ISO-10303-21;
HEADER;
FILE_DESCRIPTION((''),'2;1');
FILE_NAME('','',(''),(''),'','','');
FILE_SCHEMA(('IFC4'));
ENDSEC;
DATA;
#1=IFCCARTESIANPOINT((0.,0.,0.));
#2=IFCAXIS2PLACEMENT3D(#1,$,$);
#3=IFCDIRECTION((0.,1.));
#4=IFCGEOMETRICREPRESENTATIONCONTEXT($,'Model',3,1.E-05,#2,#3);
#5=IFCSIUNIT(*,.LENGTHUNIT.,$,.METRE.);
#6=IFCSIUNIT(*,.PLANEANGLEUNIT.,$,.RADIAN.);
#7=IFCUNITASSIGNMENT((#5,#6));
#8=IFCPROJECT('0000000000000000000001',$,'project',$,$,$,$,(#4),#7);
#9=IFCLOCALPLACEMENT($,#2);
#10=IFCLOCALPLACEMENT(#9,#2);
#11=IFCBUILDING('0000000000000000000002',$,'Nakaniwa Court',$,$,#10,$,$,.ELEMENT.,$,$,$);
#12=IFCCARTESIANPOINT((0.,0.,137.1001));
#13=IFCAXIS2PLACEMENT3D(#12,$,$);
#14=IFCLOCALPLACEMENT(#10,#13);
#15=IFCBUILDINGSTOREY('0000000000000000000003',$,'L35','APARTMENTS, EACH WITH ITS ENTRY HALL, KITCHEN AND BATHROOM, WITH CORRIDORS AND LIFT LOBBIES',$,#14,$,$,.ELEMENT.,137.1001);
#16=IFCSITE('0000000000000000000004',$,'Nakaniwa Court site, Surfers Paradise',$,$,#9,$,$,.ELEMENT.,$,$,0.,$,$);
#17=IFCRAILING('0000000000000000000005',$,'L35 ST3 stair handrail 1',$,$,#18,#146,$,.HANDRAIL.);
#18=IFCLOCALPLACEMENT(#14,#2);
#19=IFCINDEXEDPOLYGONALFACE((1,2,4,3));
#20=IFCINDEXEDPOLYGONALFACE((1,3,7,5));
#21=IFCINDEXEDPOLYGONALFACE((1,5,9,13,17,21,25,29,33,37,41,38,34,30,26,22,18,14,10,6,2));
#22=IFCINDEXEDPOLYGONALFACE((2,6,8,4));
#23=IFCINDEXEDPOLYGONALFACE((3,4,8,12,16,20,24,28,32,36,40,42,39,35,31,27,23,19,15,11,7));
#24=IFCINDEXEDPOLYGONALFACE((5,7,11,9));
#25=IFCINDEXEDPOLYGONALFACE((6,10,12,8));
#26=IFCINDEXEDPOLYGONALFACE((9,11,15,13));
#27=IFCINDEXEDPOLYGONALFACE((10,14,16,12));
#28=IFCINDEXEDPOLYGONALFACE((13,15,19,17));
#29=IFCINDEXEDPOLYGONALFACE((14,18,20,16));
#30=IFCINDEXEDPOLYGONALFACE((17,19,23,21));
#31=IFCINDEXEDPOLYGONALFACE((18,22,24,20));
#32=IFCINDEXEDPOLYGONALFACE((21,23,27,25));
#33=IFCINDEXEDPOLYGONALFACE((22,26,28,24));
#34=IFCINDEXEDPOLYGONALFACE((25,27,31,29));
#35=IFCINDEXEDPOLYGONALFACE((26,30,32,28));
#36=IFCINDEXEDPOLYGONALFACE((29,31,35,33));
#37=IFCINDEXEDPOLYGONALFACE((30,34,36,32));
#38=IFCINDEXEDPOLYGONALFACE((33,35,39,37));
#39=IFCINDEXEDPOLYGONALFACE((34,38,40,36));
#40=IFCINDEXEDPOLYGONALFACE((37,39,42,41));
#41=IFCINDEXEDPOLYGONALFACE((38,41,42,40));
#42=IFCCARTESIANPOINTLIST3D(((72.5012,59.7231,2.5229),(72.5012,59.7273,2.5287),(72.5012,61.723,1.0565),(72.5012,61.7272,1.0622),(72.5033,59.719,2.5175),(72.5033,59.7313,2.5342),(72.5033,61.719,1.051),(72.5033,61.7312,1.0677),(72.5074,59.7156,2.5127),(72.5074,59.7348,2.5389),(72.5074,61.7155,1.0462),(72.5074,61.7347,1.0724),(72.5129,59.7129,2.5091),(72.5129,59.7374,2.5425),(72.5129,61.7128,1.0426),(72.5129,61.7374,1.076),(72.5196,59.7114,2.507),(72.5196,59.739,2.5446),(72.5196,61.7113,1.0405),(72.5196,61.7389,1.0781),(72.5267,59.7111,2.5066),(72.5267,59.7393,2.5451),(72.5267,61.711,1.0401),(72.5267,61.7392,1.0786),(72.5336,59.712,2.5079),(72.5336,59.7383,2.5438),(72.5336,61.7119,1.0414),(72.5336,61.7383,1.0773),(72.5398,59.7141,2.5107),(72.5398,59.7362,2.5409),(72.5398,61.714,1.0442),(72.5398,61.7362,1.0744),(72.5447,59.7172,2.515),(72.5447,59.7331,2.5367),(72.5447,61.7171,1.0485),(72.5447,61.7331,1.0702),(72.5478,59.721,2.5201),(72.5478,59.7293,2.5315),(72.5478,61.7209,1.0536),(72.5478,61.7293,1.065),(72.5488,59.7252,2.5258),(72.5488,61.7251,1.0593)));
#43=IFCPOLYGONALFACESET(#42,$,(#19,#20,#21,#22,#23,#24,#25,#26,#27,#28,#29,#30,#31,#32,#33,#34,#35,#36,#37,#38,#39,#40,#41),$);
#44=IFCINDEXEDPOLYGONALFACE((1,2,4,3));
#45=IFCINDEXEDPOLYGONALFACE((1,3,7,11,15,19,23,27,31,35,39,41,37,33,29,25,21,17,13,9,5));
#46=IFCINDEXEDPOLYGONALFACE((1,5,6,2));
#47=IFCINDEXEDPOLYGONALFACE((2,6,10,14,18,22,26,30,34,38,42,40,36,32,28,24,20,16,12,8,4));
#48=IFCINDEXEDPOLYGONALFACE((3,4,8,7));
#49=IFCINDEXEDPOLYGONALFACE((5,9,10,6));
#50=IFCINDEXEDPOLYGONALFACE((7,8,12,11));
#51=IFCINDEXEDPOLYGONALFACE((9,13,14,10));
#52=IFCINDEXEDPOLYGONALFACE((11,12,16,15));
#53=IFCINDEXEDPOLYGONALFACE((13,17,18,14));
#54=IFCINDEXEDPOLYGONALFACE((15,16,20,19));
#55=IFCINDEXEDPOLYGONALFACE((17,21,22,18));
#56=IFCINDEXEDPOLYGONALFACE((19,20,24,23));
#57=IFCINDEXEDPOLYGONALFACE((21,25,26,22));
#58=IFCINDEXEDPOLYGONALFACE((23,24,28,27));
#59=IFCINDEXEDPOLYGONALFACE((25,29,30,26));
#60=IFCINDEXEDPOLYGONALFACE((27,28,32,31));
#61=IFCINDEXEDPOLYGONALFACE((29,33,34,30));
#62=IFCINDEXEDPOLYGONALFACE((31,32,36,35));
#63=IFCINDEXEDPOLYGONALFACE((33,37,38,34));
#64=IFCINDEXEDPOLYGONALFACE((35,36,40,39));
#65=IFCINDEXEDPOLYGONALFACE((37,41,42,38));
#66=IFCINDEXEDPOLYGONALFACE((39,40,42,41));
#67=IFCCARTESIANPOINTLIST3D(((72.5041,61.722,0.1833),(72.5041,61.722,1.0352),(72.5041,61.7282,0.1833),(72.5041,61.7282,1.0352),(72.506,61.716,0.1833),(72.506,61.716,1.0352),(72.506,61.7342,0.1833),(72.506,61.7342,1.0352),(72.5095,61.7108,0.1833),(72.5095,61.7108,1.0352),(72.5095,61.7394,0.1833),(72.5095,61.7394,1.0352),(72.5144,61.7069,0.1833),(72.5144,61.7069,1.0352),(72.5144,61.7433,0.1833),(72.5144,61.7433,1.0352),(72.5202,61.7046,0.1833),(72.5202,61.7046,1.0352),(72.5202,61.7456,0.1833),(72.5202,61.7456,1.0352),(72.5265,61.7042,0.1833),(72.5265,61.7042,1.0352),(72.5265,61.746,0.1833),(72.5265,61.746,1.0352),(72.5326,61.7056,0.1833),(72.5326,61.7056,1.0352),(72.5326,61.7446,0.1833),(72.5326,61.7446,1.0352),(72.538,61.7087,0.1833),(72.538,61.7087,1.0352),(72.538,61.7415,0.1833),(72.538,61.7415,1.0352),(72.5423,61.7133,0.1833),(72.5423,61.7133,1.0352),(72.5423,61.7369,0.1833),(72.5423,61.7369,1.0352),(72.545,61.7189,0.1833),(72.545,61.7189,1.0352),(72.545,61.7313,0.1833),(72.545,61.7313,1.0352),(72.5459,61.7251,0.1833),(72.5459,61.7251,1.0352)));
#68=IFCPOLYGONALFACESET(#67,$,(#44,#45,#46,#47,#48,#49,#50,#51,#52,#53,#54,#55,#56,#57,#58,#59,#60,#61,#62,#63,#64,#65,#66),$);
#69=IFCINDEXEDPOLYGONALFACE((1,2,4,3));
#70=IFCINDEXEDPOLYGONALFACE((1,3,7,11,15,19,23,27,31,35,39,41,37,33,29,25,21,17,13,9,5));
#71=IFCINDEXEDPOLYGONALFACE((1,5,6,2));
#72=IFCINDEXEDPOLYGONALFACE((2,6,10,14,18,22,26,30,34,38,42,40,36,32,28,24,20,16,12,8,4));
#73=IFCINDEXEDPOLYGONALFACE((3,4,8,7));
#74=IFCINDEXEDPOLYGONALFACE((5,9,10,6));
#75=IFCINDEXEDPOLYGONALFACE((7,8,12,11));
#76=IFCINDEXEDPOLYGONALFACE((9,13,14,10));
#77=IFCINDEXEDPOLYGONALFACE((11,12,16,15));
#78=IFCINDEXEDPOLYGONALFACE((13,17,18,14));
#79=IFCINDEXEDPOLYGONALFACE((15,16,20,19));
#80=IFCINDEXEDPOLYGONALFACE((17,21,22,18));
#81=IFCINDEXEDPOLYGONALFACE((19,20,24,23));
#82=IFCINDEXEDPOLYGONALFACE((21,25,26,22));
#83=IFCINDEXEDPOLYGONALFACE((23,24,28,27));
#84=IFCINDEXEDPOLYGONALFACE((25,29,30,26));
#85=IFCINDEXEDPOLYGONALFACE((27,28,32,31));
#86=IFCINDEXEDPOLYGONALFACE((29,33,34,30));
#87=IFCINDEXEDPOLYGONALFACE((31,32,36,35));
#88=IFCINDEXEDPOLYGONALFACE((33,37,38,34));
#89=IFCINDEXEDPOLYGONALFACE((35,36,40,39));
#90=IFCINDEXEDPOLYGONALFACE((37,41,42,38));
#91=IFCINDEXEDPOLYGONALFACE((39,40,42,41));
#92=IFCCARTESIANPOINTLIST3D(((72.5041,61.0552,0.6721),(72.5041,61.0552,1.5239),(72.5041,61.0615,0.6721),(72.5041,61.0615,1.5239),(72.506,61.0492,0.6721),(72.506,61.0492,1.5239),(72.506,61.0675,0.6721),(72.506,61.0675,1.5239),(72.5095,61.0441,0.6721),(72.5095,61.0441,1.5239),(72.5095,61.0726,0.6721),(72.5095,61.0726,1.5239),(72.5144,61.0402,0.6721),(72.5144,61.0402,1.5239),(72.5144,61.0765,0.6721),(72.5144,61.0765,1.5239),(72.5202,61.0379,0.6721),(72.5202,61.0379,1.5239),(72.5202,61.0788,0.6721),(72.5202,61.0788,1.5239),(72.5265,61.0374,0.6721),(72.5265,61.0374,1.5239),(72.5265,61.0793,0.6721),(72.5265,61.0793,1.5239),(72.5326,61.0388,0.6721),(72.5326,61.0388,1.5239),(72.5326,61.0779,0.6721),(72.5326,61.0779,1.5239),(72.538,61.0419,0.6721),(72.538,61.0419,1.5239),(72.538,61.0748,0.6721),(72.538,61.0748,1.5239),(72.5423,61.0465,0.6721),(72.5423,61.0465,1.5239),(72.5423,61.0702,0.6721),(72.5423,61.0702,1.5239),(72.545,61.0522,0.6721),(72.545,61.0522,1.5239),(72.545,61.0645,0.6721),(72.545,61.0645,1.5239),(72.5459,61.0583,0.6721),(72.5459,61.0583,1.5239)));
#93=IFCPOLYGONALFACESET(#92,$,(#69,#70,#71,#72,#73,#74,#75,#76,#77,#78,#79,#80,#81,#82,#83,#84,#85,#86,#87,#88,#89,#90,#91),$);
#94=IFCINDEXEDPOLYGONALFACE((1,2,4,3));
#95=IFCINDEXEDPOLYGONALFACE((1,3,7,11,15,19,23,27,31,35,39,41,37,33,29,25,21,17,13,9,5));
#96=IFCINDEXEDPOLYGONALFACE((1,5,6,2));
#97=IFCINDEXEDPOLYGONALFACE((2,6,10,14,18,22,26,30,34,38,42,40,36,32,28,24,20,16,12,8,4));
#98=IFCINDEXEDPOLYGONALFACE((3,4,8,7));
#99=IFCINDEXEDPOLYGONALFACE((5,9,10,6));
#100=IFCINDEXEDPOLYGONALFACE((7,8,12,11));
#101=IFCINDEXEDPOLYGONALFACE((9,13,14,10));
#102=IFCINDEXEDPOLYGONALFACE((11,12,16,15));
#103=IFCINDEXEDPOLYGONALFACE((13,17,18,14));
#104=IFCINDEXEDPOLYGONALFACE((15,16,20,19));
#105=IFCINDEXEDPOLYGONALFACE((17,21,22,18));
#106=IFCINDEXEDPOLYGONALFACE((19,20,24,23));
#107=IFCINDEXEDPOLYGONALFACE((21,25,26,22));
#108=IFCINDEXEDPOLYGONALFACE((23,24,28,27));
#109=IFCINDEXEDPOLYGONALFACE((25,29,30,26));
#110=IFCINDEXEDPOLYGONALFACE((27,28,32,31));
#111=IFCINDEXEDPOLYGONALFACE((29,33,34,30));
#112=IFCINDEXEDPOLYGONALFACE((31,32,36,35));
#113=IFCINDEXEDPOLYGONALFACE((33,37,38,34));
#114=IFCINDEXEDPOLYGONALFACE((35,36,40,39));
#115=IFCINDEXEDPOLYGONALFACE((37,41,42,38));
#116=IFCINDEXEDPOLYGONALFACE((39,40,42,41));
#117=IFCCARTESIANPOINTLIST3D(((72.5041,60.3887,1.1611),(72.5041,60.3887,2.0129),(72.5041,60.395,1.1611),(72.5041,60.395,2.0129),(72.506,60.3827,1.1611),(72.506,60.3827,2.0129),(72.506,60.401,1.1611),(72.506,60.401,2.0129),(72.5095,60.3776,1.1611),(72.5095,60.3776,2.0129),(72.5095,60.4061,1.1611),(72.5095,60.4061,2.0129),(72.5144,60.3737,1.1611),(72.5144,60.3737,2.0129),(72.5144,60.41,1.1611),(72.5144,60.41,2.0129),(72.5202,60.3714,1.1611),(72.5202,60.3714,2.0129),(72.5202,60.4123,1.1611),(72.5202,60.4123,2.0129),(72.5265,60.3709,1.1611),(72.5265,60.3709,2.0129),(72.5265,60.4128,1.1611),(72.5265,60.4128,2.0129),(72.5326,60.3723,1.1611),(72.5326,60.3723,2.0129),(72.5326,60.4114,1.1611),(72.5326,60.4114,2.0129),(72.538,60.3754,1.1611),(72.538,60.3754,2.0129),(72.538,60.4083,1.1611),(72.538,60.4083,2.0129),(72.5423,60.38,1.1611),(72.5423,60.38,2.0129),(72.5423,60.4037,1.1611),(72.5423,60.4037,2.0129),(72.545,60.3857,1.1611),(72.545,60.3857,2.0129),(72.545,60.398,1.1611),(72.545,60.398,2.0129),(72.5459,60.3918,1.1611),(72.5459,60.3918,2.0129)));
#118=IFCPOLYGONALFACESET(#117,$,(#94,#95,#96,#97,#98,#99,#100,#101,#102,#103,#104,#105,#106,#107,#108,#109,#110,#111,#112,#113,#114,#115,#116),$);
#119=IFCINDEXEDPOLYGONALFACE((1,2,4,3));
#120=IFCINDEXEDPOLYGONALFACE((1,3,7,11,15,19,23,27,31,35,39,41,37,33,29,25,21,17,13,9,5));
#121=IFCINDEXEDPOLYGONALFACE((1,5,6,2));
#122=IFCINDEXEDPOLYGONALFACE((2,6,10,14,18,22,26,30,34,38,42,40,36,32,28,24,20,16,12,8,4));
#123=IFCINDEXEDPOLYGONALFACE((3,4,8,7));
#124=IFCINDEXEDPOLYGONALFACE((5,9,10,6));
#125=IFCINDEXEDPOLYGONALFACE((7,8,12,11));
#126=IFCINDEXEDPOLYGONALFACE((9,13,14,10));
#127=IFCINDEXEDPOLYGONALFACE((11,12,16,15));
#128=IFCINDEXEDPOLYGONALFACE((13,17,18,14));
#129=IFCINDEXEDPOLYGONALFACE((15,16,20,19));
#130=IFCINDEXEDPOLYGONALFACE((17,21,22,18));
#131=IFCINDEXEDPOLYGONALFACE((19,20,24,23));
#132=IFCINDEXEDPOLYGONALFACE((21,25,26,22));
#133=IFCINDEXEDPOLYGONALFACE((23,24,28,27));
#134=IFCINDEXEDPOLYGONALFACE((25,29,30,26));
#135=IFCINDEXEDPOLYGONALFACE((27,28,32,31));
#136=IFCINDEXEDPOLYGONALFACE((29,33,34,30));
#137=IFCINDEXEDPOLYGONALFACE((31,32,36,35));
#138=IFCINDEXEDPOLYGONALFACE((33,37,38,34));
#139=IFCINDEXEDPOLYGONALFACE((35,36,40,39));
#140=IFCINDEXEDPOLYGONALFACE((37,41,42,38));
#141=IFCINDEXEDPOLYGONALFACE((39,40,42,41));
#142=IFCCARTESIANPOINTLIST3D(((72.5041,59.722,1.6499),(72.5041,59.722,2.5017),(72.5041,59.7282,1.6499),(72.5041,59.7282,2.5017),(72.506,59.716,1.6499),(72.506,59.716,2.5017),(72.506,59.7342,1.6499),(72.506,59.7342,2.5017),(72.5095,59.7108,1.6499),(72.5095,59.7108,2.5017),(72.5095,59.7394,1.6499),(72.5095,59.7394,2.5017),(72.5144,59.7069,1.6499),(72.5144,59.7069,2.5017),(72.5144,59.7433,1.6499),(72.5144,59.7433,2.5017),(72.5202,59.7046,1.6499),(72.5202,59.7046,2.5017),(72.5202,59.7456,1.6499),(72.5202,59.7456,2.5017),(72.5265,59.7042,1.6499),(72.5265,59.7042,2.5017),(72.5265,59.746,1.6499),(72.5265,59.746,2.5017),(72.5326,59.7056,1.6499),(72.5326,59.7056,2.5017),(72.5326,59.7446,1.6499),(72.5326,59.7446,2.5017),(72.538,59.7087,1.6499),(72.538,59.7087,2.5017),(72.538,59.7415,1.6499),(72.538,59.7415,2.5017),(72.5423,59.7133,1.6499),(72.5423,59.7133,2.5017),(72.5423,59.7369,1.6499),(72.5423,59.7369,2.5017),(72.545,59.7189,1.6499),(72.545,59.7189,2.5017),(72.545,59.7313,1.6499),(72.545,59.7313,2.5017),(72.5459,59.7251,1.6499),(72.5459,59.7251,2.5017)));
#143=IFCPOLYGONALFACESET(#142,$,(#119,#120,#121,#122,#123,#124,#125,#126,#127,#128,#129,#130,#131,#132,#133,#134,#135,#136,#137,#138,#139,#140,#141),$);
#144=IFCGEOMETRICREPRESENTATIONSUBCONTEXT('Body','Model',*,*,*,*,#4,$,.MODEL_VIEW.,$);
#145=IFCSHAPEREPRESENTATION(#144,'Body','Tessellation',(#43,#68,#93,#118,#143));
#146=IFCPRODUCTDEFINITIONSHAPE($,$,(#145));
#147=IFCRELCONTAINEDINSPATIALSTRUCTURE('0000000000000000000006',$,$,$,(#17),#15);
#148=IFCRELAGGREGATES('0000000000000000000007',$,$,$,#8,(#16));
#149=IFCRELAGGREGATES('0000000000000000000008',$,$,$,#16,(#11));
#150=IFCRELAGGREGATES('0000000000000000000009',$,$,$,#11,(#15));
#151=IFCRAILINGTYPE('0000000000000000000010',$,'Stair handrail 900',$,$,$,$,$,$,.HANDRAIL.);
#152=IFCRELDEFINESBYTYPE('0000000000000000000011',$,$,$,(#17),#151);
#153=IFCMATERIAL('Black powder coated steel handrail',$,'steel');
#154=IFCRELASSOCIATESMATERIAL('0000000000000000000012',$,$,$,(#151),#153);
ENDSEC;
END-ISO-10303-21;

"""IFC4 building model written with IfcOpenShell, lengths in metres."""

from ifc_helpers import new_model, si_unit, direction, frame, origin, origin_2d, place, context, subcontext, project, spatial, circle, extrude, material, type_object, element, save


model = new_model("IFC4")

# Units and contexts
model_context = context("Model", 3, precision=1e-05, world=origin(), true_north=direction((0.0, 1.0)))
body_context = subcontext(model_context, "Body", "Model", "MODEL_VIEW")
ifc_project = project(units=[si_unit("LENGTHUNIT", "METRE"), si_unit("PLANEANGLEUNIT", "RADIAN")], contexts=[model_context])

# Site, building, storey
site_placement = place(None, origin())
site = spatial("IfcSite", under=ifc_project, at=site_placement, Name="Nakaniwa Court site, Surfers Paradise", CompositionType="ELEMENT", RefElevation=0.0)
building_placement = place(site_placement, origin())
building = spatial("IfcBuilding", under=site, at=building_placement, Name="Nakaniwa Court", CompositionType="ELEMENT")
storey_placement = place(building_placement, frame((0.0, 0.0, 137.1001)))
storey = spatial("IfcBuildingStorey", under=building, at=storey_placement, Name="L35", Description="APARTMENTS, EACH WITH ITS ENTRY HALL, KITCHEN AND BATHROOM, WITH CORRIDORS AND LIFT LOBBIES", CompositionType="ELEMENT", Elevation=137.1001)

# Railing
ifc_material_1 = material(Name="Black powder coated steel handrail", Category="steel")
railing_type_1 = type_object("IfcRailingType", Name="Stair handrail 900", PredefinedType="HANDRAIL", material=ifc_material_1)
railing_1_placement = place(storey_placement, frame((72.5249, 61.7251, 0.1833)))
element("IfcRailing", 1, at=railing_1_placement, inside=storey, type_object=railing_type_1, Name="L35 ST3 stair handrail 1", PredefinedType="HANDRAIL", context=body_context, shape_type="SweptSolid", body=[
    extrude(circle(Radius=0.0239, at=origin_2d()), frame((0.0, 0.0, 0.876), z_axis=(0.0, -0.806427, 0.591334), x_axis=(1.0, 0.0, 0.0)), (0.0, 0.0, 1.0), 2.48),
    extrude(circle(Radius=0.021, at=origin_2d()), origin(), (0.0, 0.0, 1.0), 0.8518),
    extrude(circle(Radius=0.021, at=origin_2d()), frame((0.0, -0.6667, 0.4888)), (0.0, 0.0, 1.0), 0.8518),
    extrude(circle(Radius=0.021, at=origin_2d()), frame((0.0, -1.3333, 0.9778)), (0.0, 0.0, 1.0), 0.8518),
    extrude(circle(Radius=0.021, at=origin_2d()), frame((0.0, -2.0, 1.4666)), (0.0, 0.0, 1.0), 0.8518),
])

save(model, "model.ifc")
